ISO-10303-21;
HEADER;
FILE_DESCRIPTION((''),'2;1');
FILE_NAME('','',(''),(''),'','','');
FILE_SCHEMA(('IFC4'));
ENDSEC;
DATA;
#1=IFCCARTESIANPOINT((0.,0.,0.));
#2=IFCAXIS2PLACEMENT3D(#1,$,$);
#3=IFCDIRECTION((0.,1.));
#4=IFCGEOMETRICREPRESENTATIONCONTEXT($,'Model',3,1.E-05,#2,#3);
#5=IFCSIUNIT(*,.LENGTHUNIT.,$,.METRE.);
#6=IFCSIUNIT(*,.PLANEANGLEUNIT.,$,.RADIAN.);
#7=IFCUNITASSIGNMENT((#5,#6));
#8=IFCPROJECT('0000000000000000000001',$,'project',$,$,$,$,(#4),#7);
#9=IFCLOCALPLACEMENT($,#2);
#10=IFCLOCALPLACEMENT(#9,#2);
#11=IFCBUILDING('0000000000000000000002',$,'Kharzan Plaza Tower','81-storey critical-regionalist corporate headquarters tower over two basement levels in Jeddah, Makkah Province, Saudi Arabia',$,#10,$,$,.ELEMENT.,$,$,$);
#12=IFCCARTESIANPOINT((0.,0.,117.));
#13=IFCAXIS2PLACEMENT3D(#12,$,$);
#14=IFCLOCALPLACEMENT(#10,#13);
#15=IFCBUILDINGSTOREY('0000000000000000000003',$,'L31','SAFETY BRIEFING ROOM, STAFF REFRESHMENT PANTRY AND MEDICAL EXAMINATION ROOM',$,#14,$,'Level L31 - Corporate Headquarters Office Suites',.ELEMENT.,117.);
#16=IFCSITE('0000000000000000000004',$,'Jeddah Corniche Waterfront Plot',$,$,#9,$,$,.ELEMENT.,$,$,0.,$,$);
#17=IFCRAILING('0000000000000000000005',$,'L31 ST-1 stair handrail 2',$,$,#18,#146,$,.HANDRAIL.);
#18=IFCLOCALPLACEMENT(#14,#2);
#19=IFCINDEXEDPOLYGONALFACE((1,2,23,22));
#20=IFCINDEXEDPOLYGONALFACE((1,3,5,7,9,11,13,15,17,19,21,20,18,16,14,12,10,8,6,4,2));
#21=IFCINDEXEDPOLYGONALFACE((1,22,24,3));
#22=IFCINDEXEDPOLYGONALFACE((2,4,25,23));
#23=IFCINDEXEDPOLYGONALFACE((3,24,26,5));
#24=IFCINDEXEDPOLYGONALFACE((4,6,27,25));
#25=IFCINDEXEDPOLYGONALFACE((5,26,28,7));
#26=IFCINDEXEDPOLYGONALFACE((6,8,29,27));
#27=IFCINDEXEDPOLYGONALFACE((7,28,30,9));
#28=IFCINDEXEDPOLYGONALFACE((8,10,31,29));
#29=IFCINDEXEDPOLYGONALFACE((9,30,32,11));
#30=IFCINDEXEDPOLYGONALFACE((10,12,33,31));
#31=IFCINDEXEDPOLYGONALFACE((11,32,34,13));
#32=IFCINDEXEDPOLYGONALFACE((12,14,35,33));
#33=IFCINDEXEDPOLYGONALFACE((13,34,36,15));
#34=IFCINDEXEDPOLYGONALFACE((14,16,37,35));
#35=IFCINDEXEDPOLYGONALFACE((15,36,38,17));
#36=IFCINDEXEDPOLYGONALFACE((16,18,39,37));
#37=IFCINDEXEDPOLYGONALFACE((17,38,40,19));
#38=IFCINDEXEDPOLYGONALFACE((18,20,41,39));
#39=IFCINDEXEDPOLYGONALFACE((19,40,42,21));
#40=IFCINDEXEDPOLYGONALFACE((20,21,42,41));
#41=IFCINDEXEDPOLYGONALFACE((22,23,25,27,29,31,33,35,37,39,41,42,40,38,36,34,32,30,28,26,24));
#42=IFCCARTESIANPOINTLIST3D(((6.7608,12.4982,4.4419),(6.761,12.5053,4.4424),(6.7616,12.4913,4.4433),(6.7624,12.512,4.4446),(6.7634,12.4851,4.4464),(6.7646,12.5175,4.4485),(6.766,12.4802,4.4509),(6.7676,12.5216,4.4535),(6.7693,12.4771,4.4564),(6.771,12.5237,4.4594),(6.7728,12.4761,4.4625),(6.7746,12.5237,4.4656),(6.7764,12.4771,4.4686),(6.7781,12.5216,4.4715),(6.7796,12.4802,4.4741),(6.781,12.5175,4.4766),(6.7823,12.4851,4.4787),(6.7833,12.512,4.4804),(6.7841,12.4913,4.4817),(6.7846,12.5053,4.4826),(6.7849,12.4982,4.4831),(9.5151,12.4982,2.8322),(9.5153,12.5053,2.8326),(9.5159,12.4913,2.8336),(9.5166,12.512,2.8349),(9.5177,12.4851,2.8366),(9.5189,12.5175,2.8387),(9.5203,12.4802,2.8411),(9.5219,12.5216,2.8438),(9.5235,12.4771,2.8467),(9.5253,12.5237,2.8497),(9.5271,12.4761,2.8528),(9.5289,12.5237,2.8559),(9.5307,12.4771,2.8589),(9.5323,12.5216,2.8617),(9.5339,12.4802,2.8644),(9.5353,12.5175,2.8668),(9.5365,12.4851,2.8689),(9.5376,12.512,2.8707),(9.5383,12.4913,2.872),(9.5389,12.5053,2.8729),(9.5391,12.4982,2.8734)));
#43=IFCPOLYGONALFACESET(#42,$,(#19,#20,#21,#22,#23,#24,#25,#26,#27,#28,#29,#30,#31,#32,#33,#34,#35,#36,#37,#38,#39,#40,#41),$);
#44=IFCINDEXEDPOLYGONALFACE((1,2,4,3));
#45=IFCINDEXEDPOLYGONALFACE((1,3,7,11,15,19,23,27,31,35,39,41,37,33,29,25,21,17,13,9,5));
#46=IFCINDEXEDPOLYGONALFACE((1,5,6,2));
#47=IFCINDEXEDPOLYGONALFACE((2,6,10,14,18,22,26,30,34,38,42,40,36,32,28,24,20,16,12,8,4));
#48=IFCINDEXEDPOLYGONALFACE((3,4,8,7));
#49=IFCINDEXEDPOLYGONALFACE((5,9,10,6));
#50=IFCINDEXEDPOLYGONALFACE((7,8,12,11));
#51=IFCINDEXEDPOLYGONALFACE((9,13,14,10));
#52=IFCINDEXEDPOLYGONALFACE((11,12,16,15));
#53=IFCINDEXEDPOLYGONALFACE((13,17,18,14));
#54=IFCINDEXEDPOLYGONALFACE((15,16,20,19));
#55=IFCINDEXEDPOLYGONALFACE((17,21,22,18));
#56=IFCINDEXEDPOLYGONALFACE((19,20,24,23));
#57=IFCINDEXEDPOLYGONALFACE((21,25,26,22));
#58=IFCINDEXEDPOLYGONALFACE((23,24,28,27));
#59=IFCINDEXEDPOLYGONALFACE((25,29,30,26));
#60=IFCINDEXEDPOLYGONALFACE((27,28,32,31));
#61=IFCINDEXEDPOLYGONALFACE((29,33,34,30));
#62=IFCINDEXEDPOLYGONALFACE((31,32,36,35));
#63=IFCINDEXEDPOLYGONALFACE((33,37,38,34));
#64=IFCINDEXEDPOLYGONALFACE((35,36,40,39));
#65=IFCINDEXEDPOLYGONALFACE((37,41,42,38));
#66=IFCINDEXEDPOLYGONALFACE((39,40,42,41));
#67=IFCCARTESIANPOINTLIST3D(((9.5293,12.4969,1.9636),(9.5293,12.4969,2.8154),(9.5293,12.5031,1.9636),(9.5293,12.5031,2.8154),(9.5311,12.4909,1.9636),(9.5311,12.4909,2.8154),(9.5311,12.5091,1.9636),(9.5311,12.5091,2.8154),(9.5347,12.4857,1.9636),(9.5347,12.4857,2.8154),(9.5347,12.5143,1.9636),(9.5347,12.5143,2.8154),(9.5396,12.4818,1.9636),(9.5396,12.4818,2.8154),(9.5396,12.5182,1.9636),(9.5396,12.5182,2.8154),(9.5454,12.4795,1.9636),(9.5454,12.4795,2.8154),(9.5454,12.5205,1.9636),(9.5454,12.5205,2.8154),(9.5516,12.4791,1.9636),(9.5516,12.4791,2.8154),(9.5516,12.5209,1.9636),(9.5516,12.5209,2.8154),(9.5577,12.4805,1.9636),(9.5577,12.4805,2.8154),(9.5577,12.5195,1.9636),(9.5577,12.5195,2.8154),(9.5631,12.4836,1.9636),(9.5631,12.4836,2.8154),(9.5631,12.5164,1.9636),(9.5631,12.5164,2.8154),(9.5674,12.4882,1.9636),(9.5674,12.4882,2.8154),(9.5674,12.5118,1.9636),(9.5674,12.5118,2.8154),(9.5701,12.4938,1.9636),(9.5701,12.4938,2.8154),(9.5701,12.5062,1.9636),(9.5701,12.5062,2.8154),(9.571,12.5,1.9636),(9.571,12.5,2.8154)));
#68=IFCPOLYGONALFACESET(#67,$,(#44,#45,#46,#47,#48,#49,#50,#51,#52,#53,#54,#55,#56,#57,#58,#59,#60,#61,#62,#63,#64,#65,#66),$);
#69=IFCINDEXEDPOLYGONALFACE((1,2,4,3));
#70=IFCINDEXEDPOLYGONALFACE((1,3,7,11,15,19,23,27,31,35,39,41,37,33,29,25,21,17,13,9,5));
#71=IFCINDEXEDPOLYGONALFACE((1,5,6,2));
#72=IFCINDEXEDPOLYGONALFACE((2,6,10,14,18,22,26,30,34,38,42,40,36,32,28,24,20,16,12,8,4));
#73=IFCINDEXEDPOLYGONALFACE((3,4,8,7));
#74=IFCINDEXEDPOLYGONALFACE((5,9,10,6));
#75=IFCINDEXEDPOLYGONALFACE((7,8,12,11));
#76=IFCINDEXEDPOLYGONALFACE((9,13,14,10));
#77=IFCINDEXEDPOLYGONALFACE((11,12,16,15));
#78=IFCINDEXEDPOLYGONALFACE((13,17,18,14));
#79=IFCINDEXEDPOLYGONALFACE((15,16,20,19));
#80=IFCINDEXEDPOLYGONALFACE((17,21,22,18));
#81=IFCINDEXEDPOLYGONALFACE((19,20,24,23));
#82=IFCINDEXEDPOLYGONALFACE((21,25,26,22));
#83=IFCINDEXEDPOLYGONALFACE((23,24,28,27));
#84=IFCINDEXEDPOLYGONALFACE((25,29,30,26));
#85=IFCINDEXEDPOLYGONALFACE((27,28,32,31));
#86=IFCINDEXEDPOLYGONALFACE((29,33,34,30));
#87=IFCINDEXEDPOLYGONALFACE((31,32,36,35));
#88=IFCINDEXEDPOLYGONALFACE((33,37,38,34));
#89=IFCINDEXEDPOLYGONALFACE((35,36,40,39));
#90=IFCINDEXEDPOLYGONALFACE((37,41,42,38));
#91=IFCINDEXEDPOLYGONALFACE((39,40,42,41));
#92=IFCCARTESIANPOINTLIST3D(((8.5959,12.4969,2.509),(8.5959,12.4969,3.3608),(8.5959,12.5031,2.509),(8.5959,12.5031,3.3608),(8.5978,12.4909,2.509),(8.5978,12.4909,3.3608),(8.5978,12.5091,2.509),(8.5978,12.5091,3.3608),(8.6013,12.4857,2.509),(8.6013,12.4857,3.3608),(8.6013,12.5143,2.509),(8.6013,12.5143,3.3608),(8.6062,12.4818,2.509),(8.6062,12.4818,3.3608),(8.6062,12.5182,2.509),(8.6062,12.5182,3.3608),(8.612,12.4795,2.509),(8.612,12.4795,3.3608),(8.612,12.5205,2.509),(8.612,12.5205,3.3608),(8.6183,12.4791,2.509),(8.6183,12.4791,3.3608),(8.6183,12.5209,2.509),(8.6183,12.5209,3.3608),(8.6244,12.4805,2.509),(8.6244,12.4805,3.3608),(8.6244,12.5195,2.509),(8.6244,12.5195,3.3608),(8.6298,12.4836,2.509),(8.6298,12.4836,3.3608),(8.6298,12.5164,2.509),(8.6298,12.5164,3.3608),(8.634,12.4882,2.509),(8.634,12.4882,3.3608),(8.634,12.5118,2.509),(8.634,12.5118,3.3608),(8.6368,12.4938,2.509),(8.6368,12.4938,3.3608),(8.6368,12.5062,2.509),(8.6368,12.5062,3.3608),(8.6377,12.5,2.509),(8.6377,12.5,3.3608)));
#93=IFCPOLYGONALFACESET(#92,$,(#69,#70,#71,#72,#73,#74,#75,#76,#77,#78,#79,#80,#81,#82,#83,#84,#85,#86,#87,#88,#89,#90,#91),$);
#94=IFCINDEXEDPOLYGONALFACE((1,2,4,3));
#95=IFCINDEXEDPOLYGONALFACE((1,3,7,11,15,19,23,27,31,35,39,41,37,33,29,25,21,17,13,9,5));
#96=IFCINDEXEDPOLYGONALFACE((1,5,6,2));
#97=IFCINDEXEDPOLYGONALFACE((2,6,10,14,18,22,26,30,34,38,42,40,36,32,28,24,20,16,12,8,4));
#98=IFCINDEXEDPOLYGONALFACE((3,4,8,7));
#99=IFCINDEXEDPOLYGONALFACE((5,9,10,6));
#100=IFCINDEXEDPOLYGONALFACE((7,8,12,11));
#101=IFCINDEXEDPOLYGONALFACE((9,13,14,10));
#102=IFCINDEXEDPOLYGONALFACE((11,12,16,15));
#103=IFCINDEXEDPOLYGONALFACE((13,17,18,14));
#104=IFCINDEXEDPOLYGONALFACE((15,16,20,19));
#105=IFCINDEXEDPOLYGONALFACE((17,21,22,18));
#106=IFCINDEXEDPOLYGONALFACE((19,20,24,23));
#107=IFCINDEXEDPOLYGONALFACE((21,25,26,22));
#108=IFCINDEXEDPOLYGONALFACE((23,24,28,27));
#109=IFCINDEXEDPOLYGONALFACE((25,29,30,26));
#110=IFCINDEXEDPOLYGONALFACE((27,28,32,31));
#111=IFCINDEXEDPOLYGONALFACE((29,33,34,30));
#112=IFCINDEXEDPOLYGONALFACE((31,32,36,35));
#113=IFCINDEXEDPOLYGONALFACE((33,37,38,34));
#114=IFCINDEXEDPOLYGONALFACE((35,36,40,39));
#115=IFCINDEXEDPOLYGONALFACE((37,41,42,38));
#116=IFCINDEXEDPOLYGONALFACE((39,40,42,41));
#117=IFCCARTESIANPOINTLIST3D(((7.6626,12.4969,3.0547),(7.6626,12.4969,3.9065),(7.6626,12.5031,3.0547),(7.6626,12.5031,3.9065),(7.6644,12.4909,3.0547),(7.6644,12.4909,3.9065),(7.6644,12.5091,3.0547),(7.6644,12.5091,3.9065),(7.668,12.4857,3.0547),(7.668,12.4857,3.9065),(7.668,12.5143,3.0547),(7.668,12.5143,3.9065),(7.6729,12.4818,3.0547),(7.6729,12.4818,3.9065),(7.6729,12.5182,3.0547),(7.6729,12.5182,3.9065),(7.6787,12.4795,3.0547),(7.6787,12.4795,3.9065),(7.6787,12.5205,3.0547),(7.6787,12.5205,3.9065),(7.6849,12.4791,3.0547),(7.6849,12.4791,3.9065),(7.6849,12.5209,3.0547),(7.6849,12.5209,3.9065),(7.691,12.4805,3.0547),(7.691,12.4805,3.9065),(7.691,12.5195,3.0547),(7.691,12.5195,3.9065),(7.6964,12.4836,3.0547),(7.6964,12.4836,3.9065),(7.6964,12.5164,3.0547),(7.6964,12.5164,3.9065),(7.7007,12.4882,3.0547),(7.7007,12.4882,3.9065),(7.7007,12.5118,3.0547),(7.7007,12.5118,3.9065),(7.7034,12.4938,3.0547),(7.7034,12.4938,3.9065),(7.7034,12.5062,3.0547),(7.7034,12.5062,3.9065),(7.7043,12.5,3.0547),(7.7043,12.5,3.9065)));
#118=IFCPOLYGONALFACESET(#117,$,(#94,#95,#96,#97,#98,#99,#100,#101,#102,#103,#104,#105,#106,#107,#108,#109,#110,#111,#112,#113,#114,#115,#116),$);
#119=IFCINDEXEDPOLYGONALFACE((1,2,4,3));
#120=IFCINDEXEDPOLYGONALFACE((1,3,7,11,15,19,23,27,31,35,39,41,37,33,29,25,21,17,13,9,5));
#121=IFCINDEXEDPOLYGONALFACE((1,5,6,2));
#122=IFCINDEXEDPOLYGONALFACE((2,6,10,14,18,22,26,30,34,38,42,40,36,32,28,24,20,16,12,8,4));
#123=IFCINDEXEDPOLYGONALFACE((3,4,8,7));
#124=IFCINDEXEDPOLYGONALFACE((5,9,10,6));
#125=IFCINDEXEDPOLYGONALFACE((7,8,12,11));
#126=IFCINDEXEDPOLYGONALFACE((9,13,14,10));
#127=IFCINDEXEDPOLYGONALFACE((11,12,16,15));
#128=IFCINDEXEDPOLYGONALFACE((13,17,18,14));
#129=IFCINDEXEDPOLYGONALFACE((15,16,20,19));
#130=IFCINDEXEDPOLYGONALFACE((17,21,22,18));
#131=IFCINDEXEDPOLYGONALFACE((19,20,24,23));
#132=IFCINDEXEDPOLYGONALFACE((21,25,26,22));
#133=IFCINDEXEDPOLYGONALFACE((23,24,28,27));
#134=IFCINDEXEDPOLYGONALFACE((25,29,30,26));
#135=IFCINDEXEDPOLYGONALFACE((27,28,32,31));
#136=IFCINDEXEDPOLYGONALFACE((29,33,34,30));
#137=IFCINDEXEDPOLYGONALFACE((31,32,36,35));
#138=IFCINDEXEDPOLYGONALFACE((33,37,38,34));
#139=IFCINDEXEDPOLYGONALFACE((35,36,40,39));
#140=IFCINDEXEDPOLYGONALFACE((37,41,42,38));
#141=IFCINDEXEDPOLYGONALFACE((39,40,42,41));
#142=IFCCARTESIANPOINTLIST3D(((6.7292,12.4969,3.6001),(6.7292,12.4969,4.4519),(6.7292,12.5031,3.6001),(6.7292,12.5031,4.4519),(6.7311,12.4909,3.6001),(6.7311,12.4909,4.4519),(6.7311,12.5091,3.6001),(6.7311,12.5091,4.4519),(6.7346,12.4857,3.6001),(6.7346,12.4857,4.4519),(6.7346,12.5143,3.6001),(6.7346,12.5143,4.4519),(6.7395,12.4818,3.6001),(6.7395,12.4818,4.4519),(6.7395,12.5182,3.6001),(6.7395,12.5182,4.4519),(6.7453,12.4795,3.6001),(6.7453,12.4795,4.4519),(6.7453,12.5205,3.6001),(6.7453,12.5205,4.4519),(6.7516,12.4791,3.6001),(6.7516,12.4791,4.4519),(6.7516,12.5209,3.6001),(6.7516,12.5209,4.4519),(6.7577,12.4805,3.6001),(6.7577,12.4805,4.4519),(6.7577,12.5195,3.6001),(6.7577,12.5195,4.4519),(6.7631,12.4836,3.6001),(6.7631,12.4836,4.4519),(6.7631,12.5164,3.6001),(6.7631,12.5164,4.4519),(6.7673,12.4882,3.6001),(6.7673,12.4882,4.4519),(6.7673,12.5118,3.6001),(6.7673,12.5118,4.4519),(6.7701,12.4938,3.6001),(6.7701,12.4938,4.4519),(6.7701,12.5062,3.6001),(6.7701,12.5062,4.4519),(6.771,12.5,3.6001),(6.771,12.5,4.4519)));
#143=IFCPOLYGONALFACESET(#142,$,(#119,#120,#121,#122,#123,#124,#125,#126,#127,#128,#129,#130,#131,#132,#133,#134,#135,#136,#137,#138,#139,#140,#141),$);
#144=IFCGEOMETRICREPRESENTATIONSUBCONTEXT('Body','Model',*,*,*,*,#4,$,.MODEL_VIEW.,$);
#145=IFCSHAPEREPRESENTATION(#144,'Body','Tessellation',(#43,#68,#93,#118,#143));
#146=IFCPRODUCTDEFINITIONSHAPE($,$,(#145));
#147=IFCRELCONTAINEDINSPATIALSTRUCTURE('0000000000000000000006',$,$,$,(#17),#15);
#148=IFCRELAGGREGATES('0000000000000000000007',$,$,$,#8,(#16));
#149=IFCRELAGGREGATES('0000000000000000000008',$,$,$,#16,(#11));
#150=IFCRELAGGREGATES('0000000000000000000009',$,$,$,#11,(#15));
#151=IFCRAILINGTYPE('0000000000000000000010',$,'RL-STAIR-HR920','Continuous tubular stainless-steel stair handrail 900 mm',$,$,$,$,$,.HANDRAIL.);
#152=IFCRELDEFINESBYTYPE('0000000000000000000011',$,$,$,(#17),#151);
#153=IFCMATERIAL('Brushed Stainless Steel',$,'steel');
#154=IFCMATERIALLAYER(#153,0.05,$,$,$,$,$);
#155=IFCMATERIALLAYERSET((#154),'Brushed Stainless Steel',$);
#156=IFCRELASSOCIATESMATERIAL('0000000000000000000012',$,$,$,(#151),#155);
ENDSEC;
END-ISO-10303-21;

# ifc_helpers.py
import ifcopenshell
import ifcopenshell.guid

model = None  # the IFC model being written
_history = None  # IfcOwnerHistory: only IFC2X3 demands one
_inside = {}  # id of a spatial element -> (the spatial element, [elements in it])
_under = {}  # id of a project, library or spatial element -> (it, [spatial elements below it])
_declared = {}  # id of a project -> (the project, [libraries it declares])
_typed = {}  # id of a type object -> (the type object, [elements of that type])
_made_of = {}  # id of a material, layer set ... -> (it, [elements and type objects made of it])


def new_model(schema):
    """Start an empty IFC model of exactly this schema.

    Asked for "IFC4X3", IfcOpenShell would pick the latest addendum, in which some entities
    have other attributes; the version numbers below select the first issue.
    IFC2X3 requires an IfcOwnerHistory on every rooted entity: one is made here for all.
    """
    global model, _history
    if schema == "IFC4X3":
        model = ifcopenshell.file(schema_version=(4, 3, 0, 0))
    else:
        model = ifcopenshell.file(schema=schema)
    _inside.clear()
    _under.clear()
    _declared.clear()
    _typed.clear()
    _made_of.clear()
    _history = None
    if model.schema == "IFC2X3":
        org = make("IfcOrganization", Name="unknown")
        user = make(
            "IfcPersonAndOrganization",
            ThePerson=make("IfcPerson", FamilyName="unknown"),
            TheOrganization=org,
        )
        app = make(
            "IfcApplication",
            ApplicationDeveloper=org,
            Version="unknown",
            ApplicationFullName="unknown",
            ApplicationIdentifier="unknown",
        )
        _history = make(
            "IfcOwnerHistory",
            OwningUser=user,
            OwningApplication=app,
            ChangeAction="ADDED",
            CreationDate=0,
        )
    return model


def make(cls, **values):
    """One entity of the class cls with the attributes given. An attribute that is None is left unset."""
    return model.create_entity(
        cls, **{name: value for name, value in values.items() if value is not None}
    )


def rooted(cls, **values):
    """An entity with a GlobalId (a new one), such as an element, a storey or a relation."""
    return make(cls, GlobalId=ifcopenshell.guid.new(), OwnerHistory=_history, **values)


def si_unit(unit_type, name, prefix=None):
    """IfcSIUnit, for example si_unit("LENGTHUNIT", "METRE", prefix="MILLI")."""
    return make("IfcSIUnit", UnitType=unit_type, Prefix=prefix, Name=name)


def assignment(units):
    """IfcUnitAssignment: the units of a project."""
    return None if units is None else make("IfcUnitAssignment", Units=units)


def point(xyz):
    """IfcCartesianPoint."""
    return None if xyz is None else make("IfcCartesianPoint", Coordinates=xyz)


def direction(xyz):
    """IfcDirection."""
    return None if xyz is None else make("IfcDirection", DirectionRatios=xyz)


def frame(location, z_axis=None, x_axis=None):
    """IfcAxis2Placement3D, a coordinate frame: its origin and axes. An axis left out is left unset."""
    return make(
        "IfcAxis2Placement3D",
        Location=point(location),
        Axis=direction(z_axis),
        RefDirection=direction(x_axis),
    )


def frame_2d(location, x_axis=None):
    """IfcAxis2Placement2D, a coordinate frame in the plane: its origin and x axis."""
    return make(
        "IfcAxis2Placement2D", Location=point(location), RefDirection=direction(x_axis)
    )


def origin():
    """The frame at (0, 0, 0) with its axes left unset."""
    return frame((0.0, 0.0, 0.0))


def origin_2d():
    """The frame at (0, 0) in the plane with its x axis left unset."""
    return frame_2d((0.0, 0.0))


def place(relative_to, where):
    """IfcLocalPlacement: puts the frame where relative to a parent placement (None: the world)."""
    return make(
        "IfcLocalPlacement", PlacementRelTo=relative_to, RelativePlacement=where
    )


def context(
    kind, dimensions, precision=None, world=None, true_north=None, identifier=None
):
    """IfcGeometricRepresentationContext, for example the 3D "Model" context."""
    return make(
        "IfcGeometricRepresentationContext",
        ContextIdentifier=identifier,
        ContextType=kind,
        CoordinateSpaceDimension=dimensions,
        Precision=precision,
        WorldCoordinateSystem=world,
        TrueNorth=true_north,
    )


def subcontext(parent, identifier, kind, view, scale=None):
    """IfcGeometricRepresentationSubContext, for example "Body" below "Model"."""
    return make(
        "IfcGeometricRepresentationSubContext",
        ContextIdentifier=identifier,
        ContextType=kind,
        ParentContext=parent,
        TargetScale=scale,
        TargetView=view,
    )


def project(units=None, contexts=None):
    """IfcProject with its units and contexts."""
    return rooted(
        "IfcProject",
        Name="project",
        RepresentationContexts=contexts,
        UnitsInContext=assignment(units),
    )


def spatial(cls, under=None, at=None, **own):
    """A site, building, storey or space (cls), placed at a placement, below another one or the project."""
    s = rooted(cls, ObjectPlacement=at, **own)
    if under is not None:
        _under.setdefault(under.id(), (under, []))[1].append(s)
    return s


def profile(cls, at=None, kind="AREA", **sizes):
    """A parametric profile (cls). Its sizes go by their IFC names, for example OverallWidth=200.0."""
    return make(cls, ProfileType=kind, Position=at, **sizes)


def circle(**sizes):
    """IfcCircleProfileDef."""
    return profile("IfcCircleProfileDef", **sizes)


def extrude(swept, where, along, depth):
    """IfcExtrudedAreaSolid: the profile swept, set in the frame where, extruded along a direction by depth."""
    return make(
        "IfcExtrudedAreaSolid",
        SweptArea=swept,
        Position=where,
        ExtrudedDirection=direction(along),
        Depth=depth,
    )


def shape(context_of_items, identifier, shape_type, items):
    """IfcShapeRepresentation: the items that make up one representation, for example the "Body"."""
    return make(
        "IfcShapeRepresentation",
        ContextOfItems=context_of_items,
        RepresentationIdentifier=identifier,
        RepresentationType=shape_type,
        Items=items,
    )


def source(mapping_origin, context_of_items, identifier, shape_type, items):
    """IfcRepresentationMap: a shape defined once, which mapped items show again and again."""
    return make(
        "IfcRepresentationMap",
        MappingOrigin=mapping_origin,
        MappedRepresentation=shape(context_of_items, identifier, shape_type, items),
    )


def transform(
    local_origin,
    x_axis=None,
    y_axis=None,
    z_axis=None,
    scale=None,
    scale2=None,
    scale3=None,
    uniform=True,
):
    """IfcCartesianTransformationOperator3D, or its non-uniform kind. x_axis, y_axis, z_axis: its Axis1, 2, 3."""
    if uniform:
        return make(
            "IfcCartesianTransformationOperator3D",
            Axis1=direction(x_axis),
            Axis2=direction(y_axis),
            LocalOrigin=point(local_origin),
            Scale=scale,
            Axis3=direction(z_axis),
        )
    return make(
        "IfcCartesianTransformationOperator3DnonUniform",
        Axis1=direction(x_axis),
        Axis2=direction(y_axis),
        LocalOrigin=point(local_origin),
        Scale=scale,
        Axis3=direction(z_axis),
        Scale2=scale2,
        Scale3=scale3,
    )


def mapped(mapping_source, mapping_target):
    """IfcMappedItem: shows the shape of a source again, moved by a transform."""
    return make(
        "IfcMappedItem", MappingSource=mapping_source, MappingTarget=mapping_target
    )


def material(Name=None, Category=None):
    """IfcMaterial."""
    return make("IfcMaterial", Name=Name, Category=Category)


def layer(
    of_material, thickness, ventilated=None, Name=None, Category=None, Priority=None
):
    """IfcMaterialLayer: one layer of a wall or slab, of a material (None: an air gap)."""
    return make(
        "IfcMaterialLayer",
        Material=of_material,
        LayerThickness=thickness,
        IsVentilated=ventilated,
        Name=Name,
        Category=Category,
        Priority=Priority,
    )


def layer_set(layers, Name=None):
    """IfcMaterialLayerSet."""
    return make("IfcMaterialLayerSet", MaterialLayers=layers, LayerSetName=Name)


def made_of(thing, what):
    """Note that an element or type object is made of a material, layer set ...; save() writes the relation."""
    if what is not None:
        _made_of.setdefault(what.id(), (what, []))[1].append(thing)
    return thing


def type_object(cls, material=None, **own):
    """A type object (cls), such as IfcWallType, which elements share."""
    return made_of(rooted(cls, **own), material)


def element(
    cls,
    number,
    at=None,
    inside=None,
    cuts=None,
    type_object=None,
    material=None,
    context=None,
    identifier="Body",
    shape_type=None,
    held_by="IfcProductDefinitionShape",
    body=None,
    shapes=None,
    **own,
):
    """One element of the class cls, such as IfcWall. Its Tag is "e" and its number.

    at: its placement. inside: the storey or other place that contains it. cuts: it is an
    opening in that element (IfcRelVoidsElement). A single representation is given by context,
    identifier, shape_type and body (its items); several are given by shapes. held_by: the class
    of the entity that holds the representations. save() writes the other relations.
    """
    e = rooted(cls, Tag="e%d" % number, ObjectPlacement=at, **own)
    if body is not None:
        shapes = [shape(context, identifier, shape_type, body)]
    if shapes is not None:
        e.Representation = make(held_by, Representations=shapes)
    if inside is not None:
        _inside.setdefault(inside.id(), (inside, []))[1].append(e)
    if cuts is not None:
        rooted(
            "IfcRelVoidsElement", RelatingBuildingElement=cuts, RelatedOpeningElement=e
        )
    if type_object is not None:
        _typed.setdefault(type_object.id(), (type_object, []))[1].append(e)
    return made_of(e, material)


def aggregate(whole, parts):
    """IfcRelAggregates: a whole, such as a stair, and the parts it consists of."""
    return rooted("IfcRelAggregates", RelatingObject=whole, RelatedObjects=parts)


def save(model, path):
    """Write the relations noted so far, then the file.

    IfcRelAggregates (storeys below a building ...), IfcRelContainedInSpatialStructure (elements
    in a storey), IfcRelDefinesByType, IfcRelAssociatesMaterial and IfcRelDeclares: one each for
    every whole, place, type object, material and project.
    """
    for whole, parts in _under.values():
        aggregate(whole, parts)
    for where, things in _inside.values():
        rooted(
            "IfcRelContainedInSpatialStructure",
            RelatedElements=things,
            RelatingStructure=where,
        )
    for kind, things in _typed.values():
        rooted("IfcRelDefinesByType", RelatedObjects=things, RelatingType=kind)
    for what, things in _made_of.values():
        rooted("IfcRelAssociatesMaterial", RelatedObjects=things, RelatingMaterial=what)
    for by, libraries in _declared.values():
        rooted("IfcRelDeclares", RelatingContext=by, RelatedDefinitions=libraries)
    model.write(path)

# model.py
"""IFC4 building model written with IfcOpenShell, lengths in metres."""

from ifc_helpers import new_model, si_unit, direction, frame, origin, origin_2d, place, context, subcontext, project, spatial, circle, extrude, source, transform, mapped, material, layer, layer_set, type_object, element, save


model = new_model("IFC4")

# Units and contexts
model_context = context("Model", 3, precision=1e-05, world=origin(), true_north=direction((0.0, 1.0)))
body_context = subcontext(model_context, "Body", "Model", "MODEL_VIEW")
ifc_project = project(units=[si_unit("LENGTHUNIT", "METRE"), si_unit("PLANEANGLEUNIT", "RADIAN")], contexts=[model_context])

# Site, building, storey
site_placement = place(None, origin())
site = spatial("IfcSite", under=ifc_project, at=site_placement, Name="Jeddah Corniche Waterfront Plot", CompositionType="ELEMENT", RefElevation=0.0)
building_placement = place(site_placement, origin())
building = spatial("IfcBuilding", under=site, at=building_placement, Name="Kharzan Plaza Tower", Description="81-storey critical-regionalist corporate headquarters tower over two basement levels in Jeddah, Makkah Province, Saudi Arabia", CompositionType="ELEMENT")
storey_placement = place(building_placement, frame((0.0, 0.0, 117.0)))
storey = spatial("IfcBuildingStorey", under=building, at=storey_placement, Name="L31", Description="SAFETY BRIEFING ROOM, STAFF REFRESHMENT PANTRY AND MEDICAL EXAMINATION ROOM", LongName="Level L31 - Corporate Headquarters Office Suites", CompositionType="ELEMENT", Elevation=117.0)

# Shared definitions
ifc_material_1 = material(Name="Brushed Stainless Steel", Category="steel")

# Railing
ifc_layer_1 = layer(ifc_material_1, 0.05)
ifc_layer_set_1 = layer_set([ifc_layer_1], Name="Brushed Stainless Steel")
railing_type = type_object("IfcRailingType", Name="RL-STAIR-HR920", Description="Continuous tubular stainless-steel stair handrail 900 mm", PredefinedType="HANDRAIL", material=ifc_layer_set_1)
shared_shape_1 = source(origin(), body_context, "Body", "SweptSolid", [
    extrude(circle(Radius=0.0239, at=origin_2d()), frame((-0.0229, 0.0, 0.8892), z_axis=(-0.863361, 0.0, 0.504587), x_axis=(0.0, -1.0, 0.0)), (0.0, 0.0, 1.0), 3.1902),
    extrude(circle(Radius=0.021, at=origin_2d()), origin(), (0.0, 0.0, 1.0), 0.8518),
    extrude(circle(Radius=0.021, at=origin_2d()), frame((-0.9333, 0.0, 0.5454)), (0.0, 0.0, 1.0), 0.8518),
    extrude(circle(Radius=0.021, at=origin_2d()), frame((-1.8667, 0.0, 1.0911)), (0.0, 0.0, 1.0), 0.8518),
    extrude(circle(Radius=0.021, at=origin_2d()), frame((-2.8, 0.0, 1.6365)), (0.0, 0.0, 1.0), 0.8518),
])
railing_placement = place(storey_placement, frame((9.55, 12.5, 1.9636)))
element("IfcRailing", 1, at=railing_placement, inside=storey, type_object=railing_type, Name="L31 ST-1 stair handrail 2", PredefinedType="HANDRAIL", context=body_context, shape_type="MappedRepresentation", body=[
    mapped(shared_shape_1, transform((0.0, 0.0, 0.0), x_axis=(1.0, 0.0, 0.0), y_axis=(0.0, 1.0, 0.0), z_axis=(0.0, 0.0, 1.0))),
])

save(model, "model.ifc")
